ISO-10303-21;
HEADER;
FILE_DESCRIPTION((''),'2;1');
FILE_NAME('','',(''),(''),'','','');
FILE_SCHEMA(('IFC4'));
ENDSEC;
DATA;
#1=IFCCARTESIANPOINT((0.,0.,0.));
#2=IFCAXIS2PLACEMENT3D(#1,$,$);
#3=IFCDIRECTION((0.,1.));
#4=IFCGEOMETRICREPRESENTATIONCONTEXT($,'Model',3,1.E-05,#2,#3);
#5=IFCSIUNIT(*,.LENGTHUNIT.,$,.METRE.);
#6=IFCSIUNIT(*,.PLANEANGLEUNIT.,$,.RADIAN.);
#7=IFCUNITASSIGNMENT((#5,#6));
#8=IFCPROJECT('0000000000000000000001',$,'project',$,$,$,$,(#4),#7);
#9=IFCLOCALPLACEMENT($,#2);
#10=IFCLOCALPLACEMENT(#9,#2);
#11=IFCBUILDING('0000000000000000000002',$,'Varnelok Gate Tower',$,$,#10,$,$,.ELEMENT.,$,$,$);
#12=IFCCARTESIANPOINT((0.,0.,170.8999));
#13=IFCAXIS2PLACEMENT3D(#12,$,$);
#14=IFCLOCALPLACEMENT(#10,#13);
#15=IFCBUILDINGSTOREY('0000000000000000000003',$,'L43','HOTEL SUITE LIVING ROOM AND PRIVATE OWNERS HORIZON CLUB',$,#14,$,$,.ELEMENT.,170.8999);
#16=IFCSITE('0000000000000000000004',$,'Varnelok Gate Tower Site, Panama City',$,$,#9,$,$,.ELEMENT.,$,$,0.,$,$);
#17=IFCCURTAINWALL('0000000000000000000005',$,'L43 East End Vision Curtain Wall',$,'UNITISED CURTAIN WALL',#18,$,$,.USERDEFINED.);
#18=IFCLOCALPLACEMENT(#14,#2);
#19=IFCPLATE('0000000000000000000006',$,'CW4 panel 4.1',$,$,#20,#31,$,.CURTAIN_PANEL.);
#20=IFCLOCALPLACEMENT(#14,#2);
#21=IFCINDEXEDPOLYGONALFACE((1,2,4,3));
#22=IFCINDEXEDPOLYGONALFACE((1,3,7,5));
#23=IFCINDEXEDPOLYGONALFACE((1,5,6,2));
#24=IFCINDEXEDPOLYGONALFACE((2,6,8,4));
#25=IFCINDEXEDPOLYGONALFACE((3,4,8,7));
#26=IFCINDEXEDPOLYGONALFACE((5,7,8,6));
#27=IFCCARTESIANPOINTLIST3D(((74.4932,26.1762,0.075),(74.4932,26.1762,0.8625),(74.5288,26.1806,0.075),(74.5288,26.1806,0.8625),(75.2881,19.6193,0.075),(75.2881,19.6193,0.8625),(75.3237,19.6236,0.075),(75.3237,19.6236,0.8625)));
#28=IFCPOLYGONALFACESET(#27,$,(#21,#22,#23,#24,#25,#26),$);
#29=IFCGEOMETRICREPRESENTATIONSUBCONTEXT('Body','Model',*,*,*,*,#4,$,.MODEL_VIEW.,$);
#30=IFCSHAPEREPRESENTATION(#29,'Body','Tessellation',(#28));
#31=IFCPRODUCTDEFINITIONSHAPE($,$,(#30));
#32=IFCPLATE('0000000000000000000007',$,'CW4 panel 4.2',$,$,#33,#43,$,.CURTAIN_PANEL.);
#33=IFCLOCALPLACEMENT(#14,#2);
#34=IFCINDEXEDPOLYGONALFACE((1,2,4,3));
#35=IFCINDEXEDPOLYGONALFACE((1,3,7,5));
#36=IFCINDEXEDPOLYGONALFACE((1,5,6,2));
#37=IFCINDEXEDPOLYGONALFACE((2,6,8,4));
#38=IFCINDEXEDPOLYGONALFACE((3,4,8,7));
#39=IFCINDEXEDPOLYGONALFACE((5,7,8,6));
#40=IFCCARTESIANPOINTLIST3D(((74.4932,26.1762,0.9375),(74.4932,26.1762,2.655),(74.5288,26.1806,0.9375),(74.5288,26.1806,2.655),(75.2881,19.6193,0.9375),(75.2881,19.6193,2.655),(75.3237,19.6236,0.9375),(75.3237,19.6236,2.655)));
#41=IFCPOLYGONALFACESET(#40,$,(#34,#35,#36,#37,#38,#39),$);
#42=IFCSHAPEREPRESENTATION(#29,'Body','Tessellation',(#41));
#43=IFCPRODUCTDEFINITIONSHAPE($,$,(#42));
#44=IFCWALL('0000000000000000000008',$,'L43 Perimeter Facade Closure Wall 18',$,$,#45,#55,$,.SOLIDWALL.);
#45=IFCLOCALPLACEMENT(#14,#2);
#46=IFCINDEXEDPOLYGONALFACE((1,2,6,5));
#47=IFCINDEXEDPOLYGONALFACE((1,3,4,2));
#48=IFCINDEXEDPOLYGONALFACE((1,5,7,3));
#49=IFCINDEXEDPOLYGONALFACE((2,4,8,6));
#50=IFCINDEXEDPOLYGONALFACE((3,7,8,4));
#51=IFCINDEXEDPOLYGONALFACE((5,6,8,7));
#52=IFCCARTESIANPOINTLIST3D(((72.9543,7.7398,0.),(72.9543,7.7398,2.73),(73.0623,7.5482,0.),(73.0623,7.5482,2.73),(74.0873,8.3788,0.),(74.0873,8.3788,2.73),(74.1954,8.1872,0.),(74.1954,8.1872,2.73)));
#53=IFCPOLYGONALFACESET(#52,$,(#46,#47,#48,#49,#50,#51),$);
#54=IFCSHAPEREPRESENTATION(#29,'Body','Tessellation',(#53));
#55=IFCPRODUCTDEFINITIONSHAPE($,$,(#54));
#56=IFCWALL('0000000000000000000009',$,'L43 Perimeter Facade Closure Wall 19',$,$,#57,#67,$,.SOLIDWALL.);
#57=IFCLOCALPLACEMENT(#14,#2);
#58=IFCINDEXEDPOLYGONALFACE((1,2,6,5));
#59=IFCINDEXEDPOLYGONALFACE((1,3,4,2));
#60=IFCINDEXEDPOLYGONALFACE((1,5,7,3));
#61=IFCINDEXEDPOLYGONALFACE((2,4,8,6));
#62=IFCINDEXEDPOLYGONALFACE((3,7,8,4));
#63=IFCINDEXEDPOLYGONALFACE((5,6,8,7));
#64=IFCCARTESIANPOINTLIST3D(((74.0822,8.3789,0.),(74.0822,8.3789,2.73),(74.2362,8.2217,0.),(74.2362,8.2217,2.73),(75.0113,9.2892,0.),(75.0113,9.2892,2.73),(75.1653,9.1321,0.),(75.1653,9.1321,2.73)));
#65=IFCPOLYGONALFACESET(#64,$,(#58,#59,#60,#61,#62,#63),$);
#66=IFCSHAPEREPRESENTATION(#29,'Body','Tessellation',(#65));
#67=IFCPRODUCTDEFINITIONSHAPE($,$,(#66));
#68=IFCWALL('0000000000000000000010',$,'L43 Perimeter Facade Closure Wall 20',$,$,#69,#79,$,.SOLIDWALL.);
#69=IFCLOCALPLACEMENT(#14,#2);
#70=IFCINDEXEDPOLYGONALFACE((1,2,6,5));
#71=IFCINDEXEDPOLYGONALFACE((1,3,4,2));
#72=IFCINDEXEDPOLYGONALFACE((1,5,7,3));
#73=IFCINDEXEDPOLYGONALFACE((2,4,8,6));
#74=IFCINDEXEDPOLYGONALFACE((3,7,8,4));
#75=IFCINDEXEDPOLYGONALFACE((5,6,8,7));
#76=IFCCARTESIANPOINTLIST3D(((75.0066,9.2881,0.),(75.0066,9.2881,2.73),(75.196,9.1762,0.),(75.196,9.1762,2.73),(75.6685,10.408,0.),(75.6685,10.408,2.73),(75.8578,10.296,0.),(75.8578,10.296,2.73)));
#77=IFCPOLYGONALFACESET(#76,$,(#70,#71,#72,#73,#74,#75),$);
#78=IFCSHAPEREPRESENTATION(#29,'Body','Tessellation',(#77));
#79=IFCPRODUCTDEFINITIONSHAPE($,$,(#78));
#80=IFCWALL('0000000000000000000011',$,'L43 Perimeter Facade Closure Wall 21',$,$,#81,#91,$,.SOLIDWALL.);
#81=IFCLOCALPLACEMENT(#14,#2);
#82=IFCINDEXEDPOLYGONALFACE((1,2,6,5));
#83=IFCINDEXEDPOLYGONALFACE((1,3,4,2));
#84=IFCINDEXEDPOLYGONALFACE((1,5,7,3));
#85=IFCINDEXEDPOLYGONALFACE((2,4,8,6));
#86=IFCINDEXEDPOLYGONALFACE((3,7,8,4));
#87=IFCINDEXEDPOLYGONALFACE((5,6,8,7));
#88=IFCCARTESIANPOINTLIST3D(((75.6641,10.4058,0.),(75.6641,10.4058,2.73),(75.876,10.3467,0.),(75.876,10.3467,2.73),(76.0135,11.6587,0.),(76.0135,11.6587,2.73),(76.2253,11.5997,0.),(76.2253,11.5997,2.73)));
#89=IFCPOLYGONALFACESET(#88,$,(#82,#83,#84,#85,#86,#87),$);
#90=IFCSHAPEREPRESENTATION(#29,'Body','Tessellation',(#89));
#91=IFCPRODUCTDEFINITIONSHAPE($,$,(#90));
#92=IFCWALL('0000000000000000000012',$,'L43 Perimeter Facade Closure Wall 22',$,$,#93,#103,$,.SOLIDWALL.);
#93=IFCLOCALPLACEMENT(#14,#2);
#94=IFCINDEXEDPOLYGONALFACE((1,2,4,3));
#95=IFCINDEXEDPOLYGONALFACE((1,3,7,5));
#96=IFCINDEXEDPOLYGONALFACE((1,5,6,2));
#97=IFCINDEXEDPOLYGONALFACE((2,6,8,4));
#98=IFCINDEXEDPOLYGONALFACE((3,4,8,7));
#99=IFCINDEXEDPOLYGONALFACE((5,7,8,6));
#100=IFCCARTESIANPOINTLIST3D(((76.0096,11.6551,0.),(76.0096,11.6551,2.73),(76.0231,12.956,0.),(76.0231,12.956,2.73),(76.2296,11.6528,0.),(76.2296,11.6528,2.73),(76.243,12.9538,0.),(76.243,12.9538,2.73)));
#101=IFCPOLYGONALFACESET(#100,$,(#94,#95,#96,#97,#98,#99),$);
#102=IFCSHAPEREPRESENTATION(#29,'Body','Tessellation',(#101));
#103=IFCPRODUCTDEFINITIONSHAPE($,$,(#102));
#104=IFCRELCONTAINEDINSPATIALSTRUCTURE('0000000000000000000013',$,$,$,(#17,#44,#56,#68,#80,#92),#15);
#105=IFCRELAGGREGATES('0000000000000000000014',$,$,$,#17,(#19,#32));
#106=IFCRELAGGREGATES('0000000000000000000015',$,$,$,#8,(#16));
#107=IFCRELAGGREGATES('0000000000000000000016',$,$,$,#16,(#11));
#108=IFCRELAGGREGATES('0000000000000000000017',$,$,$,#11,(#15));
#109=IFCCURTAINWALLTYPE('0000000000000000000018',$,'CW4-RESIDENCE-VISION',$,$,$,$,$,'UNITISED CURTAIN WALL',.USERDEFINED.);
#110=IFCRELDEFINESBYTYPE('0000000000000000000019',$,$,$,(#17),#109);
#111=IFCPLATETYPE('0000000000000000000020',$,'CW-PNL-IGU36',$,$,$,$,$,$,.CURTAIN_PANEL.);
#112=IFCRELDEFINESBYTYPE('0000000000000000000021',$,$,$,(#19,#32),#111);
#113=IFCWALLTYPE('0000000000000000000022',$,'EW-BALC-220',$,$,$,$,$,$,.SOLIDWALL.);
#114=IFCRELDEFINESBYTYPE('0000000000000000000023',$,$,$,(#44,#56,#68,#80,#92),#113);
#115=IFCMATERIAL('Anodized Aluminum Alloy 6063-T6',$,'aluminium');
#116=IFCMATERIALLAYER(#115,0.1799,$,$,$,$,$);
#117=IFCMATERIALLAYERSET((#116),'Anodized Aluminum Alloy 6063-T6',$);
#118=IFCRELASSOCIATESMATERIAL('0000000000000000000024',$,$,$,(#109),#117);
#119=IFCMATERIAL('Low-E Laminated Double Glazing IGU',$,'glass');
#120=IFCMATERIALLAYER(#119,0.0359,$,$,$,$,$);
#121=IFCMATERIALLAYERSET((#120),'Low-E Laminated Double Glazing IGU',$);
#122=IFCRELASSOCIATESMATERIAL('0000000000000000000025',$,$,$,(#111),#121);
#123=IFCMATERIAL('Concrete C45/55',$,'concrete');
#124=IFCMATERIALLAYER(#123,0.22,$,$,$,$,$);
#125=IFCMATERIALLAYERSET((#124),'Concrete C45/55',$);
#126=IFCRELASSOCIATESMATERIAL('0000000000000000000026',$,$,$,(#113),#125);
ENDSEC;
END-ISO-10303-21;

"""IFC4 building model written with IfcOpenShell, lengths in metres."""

from ifc_helpers import new_model, si_unit, direction, frame, frame_2d, origin, origin_2d, place, context, subcontext, project, spatial, rectangle, extrude, source, transform, mapped, material, layer, layer_set, type_object, element, aggregate, save


model = new_model("IFC4")

# Units and contexts
model_context = context("Model", 3, precision=1e-05, world=origin(), true_north=direction((0.0, 1.0)))
body_context = subcontext(model_context, "Body", "Model", "MODEL_VIEW")
ifc_project = project(units=[si_unit("LENGTHUNIT", "METRE"), si_unit("PLANEANGLEUNIT", "RADIAN")], contexts=[model_context])

# Site, building, storey
site_placement = place(None, origin())
site = spatial("IfcSite", under=ifc_project, at=site_placement, Name="Varnelok Gate Tower Site, Panama City", CompositionType="ELEMENT", RefElevation=0.0)
building_placement = place(site_placement, origin())
building = spatial("IfcBuilding", under=site, at=building_placement, Name="Varnelok Gate Tower", CompositionType="ELEMENT")
storey_placement = place(building_placement, frame((0.0, 0.0, 170.8999)))
storey = spatial("IfcBuildingStorey", under=building, at=storey_placement, Name="L43", Description="HOTEL SUITE LIVING ROOM AND PRIVATE OWNERS HORIZON CLUB", CompositionType="ELEMENT", Elevation=170.8999)

# Curtain wall, plates
ifc_material_1 = material(Name="Anodized Aluminum Alloy 6063-T6", Category="aluminium")
ifc_layer_1 = layer(ifc_material_1, 0.1799)
ifc_layer_set_1 = layer_set([ifc_layer_1], Name="Anodized Aluminum Alloy 6063-T6")
curtain_wall_type = type_object("IfcCurtainWallType", Name="CW4-RESIDENCE-VISION", ElementType="UNITISED CURTAIN WALL", PredefinedType="USERDEFINED", material=ifc_layer_set_1)
curtain_wall_placement = place(storey_placement, origin())
curtain_wall = element("IfcCurtainWall", 1, at=curtain_wall_placement, inside=storey, type_object=curtain_wall_type, Name="L43 East End Vision Curtain Wall", ObjectType="UNITISED CURTAIN WALL", PredefinedType="USERDEFINED")
ifc_material_2 = material(Name="Low-E Laminated Double Glazing IGU", Category="glass")
ifc_layer_2 = layer(ifc_material_2, 0.0359)
ifc_layer_set_2 = layer_set([ifc_layer_2], Name="Low-E Laminated Double Glazing IGU")
plate_type = type_object("IfcPlateType", Name="CW-PNL-IGU36", PredefinedType="CURTAIN_PANEL", material=ifc_layer_set_2)
shared_shape_1 = source(origin(), body_context, "Body", "SweptSolid", [
    extrude(rectangle(XDim=6.605, YDim=0.0359, at=origin_2d()), origin(), (0.0, 0.0, 1.0), 0.7876),
])
plate_1_placement = place(storey_placement, frame((74.9084, 22.8999, 0.075), z_axis=(0.0, 0.0, 1.0), x_axis=(0.120345, -0.992732, 0.0)))
plate_1 = element("IfcPlate", 2, at=plate_1_placement, type_object=plate_type, Name="CW4 panel 4.1", PredefinedType="CURTAIN_PANEL", context=body_context, shape_type="MappedRepresentation", body=[
    mapped(shared_shape_1, transform((0.0, 0.0, 0.0), scale=1.0)),
])
shared_shape_2 = source(origin(), body_context, "Body", "SweptSolid", [
    extrude(rectangle(XDim=6.605, YDim=0.0359, at=origin_2d()), origin(), (0.0, 0.0, 1.0), 1.7175),
])
plate_2_placement = place(storey_placement, frame((74.9084, 22.8999, 0.9375), z_axis=(0.0, 0.0, 1.0), x_axis=(0.120345, -0.992732, 0.0)))
plate_2 = element("IfcPlate", 3, at=plate_2_placement, type_object=plate_type, Name="CW4 panel 4.2", PredefinedType="CURTAIN_PANEL", context=body_context, shape_type="MappedRepresentation", body=[
    mapped(shared_shape_2, transform((0.0, 0.0, 0.0), scale=1.0)),
])
aggregate(curtain_wall, [plate_1, plate_2])

# Walls
ifc_material_3 = material(Name="Concrete C45/55", Category="concrete")
ifc_layer_3 = layer(ifc_material_3, 0.22)
ifc_layer_set_3 = layer_set([ifc_layer_3], Name="Concrete C45/55")
wall_type = type_object("IfcWallType", Name="EW-BALC-220", PredefinedType="SOLIDWALL", material=ifc_layer_set_3)
for number, where, z_axis, x_axis, name in (
    (4, (73.0083, 7.644, 0.0), (0.0, 0.0, 1.0), (0.871059, 0.491179, 0.0), "L43 Perimeter Facade Closure Wall 18"),
    (5, (74.1592, 8.3003, 0.0), (0.0, 0.0, 1.0), (0.714295, 0.699844, 0.0), "L43 Perimeter Facade Closure Wall 19"),
    (6, (75.1013, 9.2322, 0.0), (0.0, 0.0, 1.0), (0.508799, 0.860885, 0.0), "L43 Perimeter Facade Closure Wall 20"),
    (7, (75.77, 10.3762, 0.0), (0.0, 0.0, 1.0), (0.268592, 0.963254, 0.0), "L43 Perimeter Facade Closure Wall 21"),
):
    element("IfcWall", number, at=place(storey_placement, frame(where, z_axis=z_axis, x_axis=x_axis)), inside=storey, type_object=wall_type, Name=name, PredefinedType="SOLIDWALL", context=body_context, shape_type="SweptSolid", body=[
        extrude(rectangle(XDim=1.3008, YDim=0.22, at=frame_2d((0.6504, 0.0))), origin(), (0.0, 0.0, 1.0), 2.73),
    ])
wall_placement = place(storey_placement, frame((76.1196, 11.6541, 0.0), z_axis=(0.0, 0.0, 1.0), x_axis=(0.01032, 0.999947, 0.0)))
element("IfcWall", 8, at=wall_placement, inside=storey, type_object=wall_type, Name="L43 Perimeter Facade Closure Wall 22", PredefinedType="SOLIDWALL", context=body_context, shape_type="SweptSolid", body=[
    extrude(rectangle(XDim=1.301, YDim=0.22, at=frame_2d((0.6504, 0.0))), origin(), (0.0, 0.0, 1.0), 2.73),
])

save(model, "model.ifc")
